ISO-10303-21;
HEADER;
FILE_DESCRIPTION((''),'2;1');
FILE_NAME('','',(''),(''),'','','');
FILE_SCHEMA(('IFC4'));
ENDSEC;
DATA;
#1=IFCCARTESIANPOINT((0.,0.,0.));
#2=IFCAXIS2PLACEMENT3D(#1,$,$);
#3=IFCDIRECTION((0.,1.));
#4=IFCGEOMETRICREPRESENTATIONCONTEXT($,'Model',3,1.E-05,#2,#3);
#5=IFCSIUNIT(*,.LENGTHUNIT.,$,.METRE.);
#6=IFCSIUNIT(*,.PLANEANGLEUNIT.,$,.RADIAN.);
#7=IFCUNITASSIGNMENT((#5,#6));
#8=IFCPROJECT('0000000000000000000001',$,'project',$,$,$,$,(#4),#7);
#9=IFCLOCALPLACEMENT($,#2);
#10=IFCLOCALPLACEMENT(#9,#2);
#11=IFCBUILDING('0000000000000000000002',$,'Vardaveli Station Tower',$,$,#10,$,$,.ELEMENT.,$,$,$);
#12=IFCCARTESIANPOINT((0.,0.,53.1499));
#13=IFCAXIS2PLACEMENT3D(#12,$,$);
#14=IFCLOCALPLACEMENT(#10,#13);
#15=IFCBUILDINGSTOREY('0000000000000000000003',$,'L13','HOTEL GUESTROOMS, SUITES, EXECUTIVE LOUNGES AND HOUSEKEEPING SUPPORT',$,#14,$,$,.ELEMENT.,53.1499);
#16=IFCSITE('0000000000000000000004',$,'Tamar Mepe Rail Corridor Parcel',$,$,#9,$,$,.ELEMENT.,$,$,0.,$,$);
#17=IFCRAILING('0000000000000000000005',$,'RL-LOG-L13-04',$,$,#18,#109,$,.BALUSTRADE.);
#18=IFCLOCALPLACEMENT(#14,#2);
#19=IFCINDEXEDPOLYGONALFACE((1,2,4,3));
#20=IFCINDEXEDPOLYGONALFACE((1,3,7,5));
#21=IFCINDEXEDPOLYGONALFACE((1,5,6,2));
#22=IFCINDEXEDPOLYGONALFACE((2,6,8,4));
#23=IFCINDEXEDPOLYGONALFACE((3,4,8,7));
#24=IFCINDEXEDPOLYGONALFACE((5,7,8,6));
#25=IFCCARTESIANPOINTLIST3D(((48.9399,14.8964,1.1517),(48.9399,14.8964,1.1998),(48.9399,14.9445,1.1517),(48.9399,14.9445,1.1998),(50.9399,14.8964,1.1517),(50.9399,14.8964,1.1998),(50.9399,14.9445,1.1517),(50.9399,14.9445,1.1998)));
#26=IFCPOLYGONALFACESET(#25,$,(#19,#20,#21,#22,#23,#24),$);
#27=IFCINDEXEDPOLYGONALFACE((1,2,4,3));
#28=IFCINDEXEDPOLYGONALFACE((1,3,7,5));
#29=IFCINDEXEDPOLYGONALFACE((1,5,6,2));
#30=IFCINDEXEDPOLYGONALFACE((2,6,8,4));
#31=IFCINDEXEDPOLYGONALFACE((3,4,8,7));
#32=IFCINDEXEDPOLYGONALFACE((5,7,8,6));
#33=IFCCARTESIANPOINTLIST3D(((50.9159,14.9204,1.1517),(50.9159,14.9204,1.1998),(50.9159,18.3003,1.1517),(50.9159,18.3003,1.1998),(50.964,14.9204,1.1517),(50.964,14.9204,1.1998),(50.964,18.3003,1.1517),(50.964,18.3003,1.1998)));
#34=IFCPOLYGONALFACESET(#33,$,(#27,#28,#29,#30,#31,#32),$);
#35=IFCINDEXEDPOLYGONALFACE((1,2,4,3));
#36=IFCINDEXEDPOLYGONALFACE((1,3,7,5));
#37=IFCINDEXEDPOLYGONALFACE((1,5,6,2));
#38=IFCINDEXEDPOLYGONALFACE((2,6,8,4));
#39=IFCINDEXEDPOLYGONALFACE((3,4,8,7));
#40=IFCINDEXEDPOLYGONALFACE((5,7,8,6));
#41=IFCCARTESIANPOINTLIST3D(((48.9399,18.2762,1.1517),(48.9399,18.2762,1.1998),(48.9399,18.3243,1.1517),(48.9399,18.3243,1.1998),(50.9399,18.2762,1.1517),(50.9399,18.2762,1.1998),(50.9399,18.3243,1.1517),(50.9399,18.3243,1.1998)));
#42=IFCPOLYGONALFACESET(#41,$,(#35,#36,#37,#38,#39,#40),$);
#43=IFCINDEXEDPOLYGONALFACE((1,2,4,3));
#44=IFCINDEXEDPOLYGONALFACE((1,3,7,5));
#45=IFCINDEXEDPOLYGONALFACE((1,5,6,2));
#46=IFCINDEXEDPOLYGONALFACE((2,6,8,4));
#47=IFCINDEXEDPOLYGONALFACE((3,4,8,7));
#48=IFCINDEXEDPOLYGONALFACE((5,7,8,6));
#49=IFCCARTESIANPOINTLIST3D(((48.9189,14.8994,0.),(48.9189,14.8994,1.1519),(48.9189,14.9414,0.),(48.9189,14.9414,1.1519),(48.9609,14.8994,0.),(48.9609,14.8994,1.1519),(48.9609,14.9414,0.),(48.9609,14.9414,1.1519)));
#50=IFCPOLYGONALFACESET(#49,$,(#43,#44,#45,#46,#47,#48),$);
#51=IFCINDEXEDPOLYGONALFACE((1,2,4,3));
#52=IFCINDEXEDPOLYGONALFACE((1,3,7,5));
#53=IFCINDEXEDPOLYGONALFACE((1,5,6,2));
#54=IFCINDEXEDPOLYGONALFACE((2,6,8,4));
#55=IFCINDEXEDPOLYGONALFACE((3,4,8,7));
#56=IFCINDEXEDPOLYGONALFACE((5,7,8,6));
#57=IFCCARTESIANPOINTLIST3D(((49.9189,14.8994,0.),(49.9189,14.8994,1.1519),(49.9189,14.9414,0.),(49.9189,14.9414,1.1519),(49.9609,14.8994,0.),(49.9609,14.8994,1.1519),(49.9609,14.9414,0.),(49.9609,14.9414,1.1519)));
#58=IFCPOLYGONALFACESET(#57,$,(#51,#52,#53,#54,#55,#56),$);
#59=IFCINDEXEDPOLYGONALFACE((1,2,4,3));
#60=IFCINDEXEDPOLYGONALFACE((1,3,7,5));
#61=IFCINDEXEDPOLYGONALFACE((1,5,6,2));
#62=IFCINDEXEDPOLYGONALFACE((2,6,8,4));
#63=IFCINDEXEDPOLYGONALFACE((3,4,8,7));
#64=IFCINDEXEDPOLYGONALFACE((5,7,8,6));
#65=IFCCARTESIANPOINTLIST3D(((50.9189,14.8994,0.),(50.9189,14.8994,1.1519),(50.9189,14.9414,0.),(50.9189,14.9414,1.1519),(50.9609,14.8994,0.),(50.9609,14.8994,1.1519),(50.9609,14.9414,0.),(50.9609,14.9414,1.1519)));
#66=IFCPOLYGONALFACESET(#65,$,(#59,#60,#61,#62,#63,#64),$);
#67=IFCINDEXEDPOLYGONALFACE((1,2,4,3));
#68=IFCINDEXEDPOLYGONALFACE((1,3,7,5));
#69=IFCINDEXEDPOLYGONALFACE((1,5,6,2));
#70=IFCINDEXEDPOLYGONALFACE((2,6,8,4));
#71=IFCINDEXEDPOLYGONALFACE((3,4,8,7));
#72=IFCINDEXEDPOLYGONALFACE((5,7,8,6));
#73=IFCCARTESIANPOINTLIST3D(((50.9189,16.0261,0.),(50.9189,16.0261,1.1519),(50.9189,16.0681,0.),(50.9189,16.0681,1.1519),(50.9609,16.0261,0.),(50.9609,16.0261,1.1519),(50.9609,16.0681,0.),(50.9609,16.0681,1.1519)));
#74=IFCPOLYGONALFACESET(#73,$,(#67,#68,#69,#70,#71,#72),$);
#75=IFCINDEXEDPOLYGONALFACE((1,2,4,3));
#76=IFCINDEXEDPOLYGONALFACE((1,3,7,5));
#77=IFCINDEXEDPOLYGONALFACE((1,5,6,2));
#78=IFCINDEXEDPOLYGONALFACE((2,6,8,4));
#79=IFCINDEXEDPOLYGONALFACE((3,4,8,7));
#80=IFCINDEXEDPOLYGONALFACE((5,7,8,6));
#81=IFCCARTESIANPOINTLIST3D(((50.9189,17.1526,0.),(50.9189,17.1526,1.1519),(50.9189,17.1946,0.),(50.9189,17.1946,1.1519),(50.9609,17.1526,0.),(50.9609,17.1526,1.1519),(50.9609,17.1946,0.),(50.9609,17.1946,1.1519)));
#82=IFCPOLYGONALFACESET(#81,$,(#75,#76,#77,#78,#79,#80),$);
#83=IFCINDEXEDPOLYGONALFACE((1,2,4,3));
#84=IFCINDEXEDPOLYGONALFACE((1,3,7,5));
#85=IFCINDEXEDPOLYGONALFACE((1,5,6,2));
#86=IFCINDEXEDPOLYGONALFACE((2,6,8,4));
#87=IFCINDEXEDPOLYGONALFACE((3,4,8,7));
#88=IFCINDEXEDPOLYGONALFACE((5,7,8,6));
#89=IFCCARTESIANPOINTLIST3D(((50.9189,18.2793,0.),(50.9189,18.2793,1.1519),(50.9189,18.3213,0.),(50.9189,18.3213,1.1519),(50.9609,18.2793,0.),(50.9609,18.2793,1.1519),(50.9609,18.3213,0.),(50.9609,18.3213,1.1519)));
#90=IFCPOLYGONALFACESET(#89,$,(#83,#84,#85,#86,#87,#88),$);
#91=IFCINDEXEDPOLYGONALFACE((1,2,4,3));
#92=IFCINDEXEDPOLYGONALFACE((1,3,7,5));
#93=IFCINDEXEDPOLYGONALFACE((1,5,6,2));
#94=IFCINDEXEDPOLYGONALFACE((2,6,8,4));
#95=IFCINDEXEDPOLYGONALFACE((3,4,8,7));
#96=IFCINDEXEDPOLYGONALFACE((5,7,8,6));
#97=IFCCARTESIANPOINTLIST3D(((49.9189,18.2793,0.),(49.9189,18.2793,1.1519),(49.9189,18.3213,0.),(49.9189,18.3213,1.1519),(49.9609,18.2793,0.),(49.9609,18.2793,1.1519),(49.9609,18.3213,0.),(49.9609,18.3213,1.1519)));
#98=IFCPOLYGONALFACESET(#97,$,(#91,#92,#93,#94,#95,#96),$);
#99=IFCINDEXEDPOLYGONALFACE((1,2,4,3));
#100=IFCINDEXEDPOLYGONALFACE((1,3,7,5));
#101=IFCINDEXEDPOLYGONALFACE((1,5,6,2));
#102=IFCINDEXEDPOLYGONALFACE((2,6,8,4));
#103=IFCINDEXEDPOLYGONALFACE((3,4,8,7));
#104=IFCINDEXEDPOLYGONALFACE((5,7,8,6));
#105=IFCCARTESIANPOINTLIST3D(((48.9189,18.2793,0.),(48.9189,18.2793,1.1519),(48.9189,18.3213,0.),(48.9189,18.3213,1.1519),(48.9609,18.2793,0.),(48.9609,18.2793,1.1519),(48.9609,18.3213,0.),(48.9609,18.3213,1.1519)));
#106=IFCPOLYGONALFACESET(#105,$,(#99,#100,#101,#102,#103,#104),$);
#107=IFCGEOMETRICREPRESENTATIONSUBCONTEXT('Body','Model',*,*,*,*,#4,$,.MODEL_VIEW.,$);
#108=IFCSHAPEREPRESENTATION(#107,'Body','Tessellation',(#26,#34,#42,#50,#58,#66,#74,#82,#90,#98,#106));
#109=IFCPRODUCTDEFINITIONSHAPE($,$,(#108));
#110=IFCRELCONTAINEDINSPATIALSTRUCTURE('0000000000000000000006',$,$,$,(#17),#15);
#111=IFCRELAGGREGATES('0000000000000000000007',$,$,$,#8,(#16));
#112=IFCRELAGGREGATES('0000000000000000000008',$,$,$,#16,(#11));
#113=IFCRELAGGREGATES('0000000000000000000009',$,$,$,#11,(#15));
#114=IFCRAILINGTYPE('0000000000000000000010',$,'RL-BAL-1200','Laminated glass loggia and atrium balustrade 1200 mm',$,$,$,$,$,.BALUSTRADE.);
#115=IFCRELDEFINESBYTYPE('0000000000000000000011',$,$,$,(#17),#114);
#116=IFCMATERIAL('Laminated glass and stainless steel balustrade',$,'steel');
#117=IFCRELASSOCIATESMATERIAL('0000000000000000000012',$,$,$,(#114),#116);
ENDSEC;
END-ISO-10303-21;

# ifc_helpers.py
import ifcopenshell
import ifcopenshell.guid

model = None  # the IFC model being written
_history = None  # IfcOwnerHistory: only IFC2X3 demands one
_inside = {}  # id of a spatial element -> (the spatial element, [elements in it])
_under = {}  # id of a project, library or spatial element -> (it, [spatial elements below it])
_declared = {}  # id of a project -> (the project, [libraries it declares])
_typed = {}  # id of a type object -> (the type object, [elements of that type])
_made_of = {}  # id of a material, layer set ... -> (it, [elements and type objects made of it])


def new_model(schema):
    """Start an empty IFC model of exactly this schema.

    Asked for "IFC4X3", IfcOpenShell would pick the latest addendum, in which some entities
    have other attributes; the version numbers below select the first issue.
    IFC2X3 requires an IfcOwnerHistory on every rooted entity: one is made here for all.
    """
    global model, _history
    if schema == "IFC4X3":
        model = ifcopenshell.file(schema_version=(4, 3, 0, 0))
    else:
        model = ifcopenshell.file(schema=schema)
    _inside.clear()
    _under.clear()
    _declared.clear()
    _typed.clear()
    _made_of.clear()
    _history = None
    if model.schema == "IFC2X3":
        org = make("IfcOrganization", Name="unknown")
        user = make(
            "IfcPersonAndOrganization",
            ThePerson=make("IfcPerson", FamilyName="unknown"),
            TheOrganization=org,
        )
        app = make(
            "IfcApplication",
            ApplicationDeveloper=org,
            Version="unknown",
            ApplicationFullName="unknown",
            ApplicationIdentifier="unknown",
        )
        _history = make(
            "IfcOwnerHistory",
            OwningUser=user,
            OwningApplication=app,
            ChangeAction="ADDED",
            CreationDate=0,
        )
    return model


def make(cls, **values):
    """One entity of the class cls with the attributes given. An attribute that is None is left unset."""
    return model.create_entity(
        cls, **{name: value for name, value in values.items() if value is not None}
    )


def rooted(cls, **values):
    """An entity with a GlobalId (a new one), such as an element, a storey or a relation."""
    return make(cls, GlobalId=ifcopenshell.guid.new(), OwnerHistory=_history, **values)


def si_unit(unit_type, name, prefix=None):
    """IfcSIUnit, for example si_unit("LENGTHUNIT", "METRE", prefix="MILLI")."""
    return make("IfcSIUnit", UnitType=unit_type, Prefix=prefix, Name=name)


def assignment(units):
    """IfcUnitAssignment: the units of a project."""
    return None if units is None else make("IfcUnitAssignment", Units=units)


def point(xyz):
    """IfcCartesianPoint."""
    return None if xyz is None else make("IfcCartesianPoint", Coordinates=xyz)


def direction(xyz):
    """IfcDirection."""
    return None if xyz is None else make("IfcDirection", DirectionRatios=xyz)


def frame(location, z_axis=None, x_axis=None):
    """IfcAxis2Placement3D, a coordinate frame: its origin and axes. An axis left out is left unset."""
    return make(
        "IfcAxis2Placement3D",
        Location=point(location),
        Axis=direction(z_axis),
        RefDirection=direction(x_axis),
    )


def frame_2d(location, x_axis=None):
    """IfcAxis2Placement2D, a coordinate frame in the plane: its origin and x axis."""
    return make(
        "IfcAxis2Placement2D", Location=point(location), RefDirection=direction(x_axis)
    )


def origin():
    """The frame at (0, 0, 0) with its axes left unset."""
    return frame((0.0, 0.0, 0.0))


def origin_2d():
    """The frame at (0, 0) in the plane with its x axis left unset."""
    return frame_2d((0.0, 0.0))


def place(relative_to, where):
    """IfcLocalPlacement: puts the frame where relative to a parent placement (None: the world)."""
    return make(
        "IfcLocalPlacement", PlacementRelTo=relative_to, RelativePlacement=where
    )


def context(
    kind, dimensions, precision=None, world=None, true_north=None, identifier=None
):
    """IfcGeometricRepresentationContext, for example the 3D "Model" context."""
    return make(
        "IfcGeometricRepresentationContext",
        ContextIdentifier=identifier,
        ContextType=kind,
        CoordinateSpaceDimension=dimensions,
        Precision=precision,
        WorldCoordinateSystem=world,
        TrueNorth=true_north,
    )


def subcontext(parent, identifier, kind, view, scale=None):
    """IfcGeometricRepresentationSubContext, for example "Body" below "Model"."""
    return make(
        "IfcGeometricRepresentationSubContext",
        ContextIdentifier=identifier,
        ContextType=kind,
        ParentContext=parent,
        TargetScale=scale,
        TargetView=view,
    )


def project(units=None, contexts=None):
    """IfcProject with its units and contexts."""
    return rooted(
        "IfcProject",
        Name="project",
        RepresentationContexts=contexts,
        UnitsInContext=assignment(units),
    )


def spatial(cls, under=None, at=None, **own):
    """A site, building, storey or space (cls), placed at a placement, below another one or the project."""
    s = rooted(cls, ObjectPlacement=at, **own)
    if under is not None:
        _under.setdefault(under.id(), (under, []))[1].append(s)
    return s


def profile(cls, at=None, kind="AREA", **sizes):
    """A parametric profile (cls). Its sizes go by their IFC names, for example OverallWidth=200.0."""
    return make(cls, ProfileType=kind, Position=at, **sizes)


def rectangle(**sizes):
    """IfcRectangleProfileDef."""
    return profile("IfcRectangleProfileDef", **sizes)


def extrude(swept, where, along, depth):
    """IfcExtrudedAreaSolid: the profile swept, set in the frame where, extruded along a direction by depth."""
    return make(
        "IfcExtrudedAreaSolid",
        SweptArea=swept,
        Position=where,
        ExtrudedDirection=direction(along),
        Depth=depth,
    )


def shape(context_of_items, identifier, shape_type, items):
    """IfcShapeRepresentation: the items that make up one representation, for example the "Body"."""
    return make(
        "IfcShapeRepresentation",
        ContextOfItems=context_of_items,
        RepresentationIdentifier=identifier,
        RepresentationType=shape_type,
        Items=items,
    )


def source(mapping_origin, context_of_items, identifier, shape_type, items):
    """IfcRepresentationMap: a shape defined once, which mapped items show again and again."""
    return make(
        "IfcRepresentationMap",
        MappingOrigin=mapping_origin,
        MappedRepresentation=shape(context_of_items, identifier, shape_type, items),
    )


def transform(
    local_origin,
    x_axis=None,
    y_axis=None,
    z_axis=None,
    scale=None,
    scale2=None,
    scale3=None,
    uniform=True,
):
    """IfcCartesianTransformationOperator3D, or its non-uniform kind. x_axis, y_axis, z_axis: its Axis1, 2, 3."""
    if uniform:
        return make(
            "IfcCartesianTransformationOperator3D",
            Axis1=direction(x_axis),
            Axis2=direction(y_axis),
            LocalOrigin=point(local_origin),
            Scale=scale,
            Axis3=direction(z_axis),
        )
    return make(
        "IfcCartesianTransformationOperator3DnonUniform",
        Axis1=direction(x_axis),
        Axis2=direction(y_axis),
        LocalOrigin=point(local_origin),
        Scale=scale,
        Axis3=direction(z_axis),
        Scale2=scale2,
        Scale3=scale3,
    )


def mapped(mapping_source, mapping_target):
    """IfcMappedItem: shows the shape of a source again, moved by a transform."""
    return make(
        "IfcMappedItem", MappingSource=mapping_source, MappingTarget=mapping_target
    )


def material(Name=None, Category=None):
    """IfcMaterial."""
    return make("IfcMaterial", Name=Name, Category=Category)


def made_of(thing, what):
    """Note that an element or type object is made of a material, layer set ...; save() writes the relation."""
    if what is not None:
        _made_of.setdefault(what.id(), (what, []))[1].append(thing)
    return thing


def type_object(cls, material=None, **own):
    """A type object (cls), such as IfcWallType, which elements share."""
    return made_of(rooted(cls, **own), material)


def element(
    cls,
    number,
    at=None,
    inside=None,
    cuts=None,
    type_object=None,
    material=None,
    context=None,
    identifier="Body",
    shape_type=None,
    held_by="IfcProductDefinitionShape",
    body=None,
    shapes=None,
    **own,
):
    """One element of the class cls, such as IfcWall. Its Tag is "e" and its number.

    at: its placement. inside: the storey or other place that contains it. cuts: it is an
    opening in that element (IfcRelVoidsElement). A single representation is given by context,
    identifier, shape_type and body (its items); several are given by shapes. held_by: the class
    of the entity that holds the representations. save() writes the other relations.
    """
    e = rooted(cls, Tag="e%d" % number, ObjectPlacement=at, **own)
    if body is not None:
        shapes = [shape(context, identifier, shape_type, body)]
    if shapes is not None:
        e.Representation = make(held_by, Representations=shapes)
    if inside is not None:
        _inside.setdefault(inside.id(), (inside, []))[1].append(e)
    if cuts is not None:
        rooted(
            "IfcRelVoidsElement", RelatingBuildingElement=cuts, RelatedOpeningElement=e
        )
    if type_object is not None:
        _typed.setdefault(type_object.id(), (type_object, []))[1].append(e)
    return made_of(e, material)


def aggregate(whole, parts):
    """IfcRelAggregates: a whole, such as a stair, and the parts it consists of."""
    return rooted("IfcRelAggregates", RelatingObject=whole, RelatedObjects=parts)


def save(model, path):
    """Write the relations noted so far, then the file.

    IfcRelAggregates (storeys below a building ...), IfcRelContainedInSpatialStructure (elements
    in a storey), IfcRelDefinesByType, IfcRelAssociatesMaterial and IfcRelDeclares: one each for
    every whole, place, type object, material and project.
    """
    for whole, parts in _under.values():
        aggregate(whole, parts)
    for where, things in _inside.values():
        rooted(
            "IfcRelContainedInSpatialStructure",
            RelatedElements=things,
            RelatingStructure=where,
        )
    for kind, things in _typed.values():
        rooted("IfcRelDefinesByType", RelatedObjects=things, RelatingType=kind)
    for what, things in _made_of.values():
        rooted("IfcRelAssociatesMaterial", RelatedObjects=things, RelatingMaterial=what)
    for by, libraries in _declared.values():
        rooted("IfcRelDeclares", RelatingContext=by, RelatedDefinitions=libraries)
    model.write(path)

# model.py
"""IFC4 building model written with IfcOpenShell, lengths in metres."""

from ifc_helpers import new_model, si_unit, direction, frame, origin, origin_2d, place, context, subcontext, project, spatial, rectangle, extrude, source, transform, mapped, material, type_object, element, save


model = new_model("IFC4")

# Units and contexts
model_context = context("Model", 3, precision=1e-05, world=origin(), true_north=direction((0.0, 1.0)))
body_context = subcontext(model_context, "Body", "Model", "MODEL_VIEW")
ifc_project = project(units=[si_unit("LENGTHUNIT", "METRE"), si_unit("PLANEANGLEUNIT", "RADIAN")], contexts=[model_context])

# Site, building, storey
site_placement = place(None, origin())
site = spatial("IfcSite", under=ifc_project, at=site_placement, Name="Tamar Mepe Rail Corridor Parcel", CompositionType="ELEMENT", RefElevation=0.0)
building_placement = place(site_placement, origin())
building = spatial("IfcBuilding", under=site, at=building_placement, Name="Vardaveli Station Tower", CompositionType="ELEMENT")
storey_placement = place(building_placement, frame((0.0, 0.0, 53.1499)))
storey = spatial("IfcBuildingStorey", under=building, at=storey_placement, Name="L13", Description="HOTEL GUESTROOMS, SUITES, EXECUTIVE LOUNGES AND HOUSEKEEPING SUPPORT", CompositionType="ELEMENT", Elevation=53.1499)

# Railing
ifc_material_1 = material(Name="Laminated glass and stainless steel balustrade", Category="steel")
railing_type = type_object("IfcRailingType", Name="RL-BAL-1200", Description="Laminated glass loggia and atrium balustrade 1200 mm", PredefinedType="BALUSTRADE", material=ifc_material_1)
shared_shape_1 = source(origin(), body_context, "Body", "SweptSolid", [
    extrude(rectangle(XDim=0.0481, YDim=0.0481, at=origin_2d()), frame((0.0, 0.0, 1.1758), z_axis=(1.0, 0.0, 0.0), x_axis=(0.0, 1.0, 0.0)), (0.0, 0.0, 1.0), 2.0),
    extrude(rectangle(XDim=0.0481, YDim=0.0481, at=origin_2d()), frame((2.0, 0.0, 1.1758), z_axis=(0.0, 1.0, 0.0), x_axis=(-1.0, 0.0, 0.0)), (0.0, 0.0, 1.0), 3.3799),
    extrude(rectangle(XDim=0.0481, YDim=0.0481, at=origin_2d()), frame((2.0, 3.3799, 1.1758), z_axis=(-1.0, 0.0, 0.0), x_axis=(0.0, -1.0, 0.0)), (0.0, 0.0, 1.0), 2.0),
    extrude(rectangle(XDim=0.042, YDim=0.042, at=origin_2d()), origin(), (0.0, 0.0, 1.0), 1.1519),
    extrude(rectangle(XDim=0.042, YDim=0.042, at=origin_2d()), frame((1.0, 0.0, 0.0)), (0.0, 0.0, 1.0), 1.1519),
    extrude(rectangle(XDim=0.042, YDim=0.042, at=origin_2d()), frame((2.0, 0.0, 0.0)), (0.0, 0.0, 1.0), 1.1519),
    extrude(rectangle(XDim=0.042, YDim=0.042, at=origin_2d()), frame((2.0, 1.1267, 0.0)), (0.0, 0.0, 1.0), 1.1519),
    extrude(rectangle(XDim=0.042, YDim=0.042, at=origin_2d()), frame((2.0, 2.2532, 0.0)), (0.0, 0.0, 1.0), 1.1519),
    extrude(rectangle(XDim=0.042, YDim=0.042, at=origin_2d()), frame((2.0, 3.3799, 0.0)), (0.0, 0.0, 1.0), 1.1519),
    extrude(rectangle(XDim=0.042, YDim=0.042, at=origin_2d()), frame((1.0, 3.3799, 0.0)), (0.0, 0.0, 1.0), 1.1519),
    extrude(rectangle(XDim=0.042, YDim=0.042, at=origin_2d()), frame((0.0, 3.3799, 0.0)), (0.0, 0.0, 1.0), 1.1519),
])
railing_placement = place(storey_placement, frame((48.9399, 14.9204, 0.0)))
element("IfcRailing", 1, at=railing_placement, inside=storey, type_object=railing_type, Name="RL-LOG-L13-04", PredefinedType="BALUSTRADE", context=body_context, shape_type="MappedRepresentation", body=[
    mapped(shared_shape_1, transform((0.0, 0.0, 0.0), scale=1.0)),
])

save(model, "model.ifc")
